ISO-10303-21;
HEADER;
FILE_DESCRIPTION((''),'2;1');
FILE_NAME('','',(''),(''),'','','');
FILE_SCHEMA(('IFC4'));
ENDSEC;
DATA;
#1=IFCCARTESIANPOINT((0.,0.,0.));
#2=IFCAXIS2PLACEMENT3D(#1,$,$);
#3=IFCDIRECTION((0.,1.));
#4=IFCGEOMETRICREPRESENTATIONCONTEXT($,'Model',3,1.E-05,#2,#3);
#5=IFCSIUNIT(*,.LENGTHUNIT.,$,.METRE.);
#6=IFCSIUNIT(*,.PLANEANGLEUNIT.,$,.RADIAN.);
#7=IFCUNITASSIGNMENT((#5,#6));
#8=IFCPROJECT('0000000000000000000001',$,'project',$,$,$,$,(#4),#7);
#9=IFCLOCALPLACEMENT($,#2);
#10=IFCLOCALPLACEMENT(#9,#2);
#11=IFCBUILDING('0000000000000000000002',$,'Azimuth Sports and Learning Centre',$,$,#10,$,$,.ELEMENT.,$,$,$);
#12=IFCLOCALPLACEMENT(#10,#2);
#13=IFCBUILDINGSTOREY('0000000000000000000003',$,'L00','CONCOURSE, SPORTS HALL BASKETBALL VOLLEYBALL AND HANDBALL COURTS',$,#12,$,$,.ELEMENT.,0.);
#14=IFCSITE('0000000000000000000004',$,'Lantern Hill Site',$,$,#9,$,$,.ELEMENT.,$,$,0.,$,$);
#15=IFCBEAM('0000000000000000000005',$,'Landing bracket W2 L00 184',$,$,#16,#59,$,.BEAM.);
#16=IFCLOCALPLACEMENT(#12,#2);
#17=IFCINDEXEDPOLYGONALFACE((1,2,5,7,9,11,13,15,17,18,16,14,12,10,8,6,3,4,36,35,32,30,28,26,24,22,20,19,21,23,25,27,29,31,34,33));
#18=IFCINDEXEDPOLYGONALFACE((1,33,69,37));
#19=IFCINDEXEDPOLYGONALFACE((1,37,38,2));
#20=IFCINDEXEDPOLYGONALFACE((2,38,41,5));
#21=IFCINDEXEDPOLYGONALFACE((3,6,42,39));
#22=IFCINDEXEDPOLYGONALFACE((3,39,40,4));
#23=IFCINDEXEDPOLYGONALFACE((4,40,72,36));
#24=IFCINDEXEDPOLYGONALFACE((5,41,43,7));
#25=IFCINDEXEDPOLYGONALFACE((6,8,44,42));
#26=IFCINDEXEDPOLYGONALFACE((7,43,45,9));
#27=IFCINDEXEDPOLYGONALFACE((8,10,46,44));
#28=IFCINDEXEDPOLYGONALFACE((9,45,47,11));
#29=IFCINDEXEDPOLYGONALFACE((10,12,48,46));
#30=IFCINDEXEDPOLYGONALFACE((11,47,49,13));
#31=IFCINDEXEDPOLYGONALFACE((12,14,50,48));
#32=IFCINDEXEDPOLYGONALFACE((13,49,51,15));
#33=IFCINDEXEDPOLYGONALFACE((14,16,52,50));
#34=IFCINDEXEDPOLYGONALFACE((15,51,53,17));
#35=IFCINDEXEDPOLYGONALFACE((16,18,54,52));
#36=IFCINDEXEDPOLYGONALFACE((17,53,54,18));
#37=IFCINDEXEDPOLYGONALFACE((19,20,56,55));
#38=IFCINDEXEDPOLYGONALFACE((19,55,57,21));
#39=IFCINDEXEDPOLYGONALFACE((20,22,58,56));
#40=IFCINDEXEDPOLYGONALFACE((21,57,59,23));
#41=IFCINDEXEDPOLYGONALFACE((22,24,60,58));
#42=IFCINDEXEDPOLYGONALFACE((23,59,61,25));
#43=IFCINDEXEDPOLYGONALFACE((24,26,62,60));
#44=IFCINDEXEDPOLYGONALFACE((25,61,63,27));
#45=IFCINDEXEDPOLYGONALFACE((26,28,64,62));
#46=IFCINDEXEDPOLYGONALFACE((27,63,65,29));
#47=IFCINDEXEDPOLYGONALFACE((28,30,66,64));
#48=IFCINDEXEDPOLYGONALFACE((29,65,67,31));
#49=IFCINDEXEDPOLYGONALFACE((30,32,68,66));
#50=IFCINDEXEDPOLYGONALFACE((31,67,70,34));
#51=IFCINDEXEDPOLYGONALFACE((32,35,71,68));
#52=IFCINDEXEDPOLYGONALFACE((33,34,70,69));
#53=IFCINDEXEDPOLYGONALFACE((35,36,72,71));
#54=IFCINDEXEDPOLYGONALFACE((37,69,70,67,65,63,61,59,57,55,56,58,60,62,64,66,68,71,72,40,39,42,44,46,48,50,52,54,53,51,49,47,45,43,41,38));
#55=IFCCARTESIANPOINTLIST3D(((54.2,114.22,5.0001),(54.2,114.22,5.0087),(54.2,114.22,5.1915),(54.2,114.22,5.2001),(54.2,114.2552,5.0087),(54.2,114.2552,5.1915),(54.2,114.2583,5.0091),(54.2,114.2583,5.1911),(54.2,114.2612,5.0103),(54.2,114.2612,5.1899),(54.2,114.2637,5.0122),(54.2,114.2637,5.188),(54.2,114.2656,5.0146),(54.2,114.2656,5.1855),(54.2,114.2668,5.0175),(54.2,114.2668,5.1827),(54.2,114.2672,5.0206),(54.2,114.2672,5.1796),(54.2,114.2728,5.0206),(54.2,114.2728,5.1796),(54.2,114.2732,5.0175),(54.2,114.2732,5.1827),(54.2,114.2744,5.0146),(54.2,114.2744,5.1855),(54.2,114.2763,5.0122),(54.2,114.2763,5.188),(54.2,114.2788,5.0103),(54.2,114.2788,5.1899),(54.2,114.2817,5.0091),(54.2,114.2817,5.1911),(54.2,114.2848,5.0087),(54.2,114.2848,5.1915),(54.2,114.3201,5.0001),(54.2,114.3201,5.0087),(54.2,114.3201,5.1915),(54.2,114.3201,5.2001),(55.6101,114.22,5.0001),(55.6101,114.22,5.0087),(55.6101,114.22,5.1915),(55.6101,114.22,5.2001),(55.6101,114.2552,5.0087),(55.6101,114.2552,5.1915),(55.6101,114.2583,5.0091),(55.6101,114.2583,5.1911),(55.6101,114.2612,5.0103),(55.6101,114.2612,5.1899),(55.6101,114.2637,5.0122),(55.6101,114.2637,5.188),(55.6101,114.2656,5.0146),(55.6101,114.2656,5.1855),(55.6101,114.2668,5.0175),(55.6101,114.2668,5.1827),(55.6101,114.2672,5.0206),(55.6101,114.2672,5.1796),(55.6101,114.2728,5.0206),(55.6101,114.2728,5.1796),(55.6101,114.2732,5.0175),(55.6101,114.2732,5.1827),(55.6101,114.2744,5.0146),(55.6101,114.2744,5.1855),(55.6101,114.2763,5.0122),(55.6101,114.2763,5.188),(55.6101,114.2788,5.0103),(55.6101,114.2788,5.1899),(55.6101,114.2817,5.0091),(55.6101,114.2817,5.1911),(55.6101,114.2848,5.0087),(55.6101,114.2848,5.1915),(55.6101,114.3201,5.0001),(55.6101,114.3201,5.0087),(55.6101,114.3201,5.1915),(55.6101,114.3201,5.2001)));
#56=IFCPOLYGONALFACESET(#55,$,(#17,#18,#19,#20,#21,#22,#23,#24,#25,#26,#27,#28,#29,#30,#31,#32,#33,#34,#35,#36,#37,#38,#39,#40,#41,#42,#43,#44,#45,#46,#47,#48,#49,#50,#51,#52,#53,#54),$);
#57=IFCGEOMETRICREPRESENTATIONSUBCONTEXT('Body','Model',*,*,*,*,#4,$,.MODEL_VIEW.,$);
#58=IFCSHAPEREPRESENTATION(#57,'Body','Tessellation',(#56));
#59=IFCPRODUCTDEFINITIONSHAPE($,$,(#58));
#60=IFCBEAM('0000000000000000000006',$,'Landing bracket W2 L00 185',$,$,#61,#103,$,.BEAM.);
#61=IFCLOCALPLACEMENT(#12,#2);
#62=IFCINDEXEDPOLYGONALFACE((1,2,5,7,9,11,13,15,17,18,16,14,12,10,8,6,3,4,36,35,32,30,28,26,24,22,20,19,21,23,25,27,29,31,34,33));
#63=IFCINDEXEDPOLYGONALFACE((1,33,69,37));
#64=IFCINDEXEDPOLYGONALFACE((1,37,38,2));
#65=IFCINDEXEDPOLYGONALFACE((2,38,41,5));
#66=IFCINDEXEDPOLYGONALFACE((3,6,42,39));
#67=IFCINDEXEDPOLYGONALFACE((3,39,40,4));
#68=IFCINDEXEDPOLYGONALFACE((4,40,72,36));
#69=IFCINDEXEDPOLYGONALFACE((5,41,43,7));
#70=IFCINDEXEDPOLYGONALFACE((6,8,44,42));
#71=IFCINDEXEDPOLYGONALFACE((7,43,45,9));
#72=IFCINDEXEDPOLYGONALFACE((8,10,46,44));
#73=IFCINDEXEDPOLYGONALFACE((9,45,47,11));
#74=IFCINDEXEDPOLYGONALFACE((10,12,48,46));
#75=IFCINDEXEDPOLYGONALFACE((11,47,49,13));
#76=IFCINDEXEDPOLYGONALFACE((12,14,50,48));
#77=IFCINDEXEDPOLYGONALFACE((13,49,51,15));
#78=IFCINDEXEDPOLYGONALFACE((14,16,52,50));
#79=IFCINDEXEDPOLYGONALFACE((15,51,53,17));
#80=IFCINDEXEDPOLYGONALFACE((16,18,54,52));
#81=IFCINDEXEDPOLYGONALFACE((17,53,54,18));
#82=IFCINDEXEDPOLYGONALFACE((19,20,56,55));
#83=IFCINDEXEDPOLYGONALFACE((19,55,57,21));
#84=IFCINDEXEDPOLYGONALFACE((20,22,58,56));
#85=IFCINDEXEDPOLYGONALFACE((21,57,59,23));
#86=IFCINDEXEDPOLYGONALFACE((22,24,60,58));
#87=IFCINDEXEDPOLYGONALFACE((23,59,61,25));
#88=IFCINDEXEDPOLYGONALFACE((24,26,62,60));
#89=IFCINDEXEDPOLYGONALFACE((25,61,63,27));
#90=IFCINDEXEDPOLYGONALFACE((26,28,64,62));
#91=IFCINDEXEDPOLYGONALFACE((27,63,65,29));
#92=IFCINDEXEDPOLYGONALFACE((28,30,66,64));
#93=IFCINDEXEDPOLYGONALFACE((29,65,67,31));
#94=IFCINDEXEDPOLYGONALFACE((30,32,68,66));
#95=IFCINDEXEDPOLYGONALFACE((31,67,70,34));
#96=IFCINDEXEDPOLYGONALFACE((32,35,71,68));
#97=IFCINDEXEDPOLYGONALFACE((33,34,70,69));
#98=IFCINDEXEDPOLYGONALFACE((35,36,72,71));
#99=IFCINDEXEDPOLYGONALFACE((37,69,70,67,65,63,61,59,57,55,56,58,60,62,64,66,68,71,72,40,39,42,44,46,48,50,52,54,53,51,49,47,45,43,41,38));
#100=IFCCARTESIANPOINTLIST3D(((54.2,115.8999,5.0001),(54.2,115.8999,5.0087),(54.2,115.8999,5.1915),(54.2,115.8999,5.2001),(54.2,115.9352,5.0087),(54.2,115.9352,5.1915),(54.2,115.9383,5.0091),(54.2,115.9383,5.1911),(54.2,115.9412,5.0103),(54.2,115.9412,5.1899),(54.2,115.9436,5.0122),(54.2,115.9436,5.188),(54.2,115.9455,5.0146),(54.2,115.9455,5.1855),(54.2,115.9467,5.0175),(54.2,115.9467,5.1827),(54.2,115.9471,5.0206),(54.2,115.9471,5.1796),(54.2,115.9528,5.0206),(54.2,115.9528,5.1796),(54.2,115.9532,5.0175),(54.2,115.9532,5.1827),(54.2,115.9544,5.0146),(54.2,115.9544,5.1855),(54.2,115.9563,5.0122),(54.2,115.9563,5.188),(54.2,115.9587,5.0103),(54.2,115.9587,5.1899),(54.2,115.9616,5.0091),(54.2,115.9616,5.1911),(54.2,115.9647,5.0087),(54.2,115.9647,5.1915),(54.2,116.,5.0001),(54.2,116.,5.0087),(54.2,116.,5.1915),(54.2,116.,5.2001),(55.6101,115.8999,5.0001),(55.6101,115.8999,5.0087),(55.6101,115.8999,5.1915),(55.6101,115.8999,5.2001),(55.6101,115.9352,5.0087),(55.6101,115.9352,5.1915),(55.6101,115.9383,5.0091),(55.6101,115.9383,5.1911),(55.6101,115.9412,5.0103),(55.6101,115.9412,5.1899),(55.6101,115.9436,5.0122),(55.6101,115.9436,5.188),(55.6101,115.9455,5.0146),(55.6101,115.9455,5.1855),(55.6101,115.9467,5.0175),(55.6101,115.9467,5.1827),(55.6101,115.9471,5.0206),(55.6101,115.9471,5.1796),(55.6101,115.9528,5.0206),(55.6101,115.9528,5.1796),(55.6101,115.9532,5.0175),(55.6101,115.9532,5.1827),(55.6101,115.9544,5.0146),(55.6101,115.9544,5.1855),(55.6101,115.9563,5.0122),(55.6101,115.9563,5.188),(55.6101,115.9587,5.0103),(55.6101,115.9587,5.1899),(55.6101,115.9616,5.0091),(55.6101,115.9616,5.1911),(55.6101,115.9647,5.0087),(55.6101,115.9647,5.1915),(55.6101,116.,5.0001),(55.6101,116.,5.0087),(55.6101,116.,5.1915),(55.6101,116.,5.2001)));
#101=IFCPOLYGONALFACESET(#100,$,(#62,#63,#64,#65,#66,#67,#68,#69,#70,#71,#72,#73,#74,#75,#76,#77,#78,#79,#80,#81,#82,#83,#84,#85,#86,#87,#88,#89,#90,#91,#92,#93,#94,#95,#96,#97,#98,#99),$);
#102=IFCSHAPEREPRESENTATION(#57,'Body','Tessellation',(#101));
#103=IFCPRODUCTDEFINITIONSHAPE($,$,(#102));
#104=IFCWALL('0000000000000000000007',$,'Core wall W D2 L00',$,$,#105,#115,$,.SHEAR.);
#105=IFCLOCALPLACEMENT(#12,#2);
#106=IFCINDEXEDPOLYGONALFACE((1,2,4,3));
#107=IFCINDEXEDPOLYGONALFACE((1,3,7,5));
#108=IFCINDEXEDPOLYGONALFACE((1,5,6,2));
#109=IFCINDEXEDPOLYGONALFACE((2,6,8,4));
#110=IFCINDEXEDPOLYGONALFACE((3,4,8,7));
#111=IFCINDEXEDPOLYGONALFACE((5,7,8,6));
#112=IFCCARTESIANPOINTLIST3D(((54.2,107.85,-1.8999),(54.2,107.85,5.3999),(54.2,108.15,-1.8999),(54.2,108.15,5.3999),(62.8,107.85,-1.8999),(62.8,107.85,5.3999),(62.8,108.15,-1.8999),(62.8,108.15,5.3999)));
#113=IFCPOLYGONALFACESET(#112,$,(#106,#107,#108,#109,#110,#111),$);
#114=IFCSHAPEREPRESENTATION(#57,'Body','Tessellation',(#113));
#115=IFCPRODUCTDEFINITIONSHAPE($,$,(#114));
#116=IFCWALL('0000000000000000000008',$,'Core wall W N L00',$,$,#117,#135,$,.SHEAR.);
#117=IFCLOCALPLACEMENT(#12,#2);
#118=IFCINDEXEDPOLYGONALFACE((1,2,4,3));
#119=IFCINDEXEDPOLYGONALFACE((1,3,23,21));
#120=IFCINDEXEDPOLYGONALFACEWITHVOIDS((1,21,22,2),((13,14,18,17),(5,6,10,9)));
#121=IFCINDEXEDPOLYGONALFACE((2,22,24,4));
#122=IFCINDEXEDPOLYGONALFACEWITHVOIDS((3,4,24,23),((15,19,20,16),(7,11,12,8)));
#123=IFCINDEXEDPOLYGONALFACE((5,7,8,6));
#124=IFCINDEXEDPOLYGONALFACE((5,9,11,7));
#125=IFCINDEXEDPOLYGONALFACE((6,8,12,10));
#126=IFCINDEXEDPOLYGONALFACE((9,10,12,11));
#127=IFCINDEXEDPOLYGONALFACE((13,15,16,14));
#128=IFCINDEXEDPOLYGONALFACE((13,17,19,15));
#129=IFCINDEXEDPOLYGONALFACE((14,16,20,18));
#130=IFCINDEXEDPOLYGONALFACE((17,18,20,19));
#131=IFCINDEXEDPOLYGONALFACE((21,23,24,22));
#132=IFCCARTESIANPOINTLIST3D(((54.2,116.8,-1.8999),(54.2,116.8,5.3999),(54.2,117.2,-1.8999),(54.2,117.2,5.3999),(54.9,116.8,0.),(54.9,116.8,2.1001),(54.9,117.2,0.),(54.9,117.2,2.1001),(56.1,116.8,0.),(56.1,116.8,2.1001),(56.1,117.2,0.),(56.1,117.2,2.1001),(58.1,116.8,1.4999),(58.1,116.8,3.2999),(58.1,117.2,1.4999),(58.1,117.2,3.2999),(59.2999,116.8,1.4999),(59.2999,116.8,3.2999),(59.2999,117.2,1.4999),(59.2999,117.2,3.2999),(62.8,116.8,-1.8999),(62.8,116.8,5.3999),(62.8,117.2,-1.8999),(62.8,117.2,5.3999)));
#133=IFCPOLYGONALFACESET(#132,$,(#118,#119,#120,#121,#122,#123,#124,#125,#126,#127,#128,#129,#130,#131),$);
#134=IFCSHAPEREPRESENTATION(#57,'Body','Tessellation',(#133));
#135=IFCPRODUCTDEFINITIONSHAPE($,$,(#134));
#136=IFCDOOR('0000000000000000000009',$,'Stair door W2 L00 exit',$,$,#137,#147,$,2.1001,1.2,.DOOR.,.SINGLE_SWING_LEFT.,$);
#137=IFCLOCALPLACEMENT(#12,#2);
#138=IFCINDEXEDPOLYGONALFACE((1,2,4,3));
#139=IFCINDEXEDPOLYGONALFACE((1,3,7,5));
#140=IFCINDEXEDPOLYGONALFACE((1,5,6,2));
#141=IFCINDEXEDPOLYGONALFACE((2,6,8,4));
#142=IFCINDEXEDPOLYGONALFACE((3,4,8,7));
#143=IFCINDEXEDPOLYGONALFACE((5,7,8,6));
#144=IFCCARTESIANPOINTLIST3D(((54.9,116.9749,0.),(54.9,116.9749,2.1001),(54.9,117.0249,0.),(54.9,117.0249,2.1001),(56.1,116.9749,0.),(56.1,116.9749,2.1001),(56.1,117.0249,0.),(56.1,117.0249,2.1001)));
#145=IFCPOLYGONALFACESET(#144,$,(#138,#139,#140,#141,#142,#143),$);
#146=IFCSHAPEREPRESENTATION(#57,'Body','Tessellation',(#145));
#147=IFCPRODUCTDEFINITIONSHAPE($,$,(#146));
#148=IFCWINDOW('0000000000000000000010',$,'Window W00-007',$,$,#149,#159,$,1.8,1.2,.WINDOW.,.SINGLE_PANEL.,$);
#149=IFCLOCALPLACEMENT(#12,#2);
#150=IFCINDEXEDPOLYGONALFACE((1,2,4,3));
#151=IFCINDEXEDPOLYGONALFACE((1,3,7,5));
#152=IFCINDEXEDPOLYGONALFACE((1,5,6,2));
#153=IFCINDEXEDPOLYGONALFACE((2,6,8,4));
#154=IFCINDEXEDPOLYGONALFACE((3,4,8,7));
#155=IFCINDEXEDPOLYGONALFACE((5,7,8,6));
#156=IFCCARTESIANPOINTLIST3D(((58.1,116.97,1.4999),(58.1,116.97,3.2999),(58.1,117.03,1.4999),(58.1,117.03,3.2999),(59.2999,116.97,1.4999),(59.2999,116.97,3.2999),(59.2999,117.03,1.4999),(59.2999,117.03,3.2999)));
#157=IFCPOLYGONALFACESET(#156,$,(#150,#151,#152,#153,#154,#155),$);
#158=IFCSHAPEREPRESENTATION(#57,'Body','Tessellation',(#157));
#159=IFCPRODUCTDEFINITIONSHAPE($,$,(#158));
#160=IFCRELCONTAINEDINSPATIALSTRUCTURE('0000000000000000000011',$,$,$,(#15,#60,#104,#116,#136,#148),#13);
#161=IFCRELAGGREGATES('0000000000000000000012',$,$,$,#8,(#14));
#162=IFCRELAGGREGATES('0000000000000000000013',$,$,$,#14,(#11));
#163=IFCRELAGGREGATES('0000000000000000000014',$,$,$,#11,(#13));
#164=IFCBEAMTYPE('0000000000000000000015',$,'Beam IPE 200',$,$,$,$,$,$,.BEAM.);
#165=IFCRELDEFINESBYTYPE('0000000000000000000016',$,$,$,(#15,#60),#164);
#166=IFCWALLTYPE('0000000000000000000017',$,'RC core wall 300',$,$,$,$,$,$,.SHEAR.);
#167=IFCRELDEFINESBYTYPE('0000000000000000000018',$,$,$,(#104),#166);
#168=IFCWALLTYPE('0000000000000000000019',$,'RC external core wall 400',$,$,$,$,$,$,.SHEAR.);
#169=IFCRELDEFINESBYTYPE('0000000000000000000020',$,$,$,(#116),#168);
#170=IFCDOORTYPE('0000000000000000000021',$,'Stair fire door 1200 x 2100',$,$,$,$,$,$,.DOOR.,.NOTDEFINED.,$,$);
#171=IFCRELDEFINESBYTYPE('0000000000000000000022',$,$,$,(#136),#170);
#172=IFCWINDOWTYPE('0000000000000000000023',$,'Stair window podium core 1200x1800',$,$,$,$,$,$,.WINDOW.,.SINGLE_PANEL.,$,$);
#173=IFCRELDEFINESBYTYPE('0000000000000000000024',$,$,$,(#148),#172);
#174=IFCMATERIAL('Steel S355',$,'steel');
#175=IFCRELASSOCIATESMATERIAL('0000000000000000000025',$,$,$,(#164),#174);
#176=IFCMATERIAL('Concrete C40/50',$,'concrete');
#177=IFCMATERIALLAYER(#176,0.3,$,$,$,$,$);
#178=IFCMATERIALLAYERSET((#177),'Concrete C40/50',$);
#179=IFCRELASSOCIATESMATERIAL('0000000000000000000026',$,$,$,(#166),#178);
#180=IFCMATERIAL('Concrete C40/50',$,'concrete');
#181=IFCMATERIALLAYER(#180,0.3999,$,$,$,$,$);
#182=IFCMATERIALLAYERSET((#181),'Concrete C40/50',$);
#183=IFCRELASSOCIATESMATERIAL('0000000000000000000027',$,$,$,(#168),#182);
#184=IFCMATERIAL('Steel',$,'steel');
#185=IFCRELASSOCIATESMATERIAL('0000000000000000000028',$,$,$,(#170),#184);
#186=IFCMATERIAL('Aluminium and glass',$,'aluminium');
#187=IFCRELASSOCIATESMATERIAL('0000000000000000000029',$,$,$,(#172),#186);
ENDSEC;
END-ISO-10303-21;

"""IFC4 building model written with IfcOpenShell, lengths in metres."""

from ifc_helpers import new_model, si_unit, direction, frame, frame_2d, origin, origin_2d, place, context, subcontext, project, spatial, rectangle, i_section, extrude, material, layer, layer_set, material_profile, profile_set, type_object, element, fill, save


model = new_model("IFC4")

# Units and contexts
model_context = context("Model", 3, precision=1e-05, world=origin(), true_north=direction((0.0, 1.0)))
body_context = subcontext(model_context, "Body", "Model", "MODEL_VIEW")
ifc_project = project(units=[si_unit("LENGTHUNIT", "METRE"), si_unit("PLANEANGLEUNIT", "RADIAN")], contexts=[model_context])

# Site, building, storey
site_placement = place(None, origin())
site = spatial("IfcSite", under=ifc_project, at=site_placement, Name="Lantern Hill Site", CompositionType="ELEMENT", RefElevation=0.0)
building_placement = place(site_placement, origin())
building = spatial("IfcBuilding", under=site, at=building_placement, Name="Azimuth Sports and Learning Centre", CompositionType="ELEMENT")
storey_placement = place(building_placement, origin())
storey = spatial("IfcBuildingStorey", under=building, at=storey_placement, Name="L00", Description="CONCOURSE, SPORTS HALL BASKETBALL VOLLEYBALL AND HANDBALL COURTS", CompositionType="ELEMENT", Elevation=0.0)

# Beams
ifc_material_1 = material(Name="Steel S355", Category="steel")
ifc_material_profile_1 = material_profile(ifc_material_1, i_section(OverallWidth=0.1001, OverallDepth=0.2, WebThickness=0.0056, FlangeThickness=0.0085, FilletRadius=0.012, at=origin_2d()), Name="IPE 200")
ifc_profile_set_1 = profile_set([ifc_material_profile_1], Name="Steel S355")
beam_type = type_object("IfcBeamType", Name="Beam IPE 200", PredefinedType="BEAM", material=ifc_profile_set_1)
for number, where, z_axis, x_axis, name in (
    (1, (54.2, 114.27, 5.1001), (1.0, 0.0, 0.0), (0.0, 1.0, 0.0), "Landing bracket W2 L00 184"),
    (2, (54.2, 115.95, 5.1001), (1.0, 0.0, 0.0), (0.0, 1.0, 0.0), "Landing bracket W2 L00 185"),
):
    element("IfcBeam", number, at=place(storey_placement, frame(where, z_axis=z_axis, x_axis=x_axis)), inside=storey, type_object=beam_type, Name=name, PredefinedType="BEAM", context=body_context, shape_type="SweptSolid", body=[
        extrude(i_section(OverallWidth=0.1001, OverallDepth=0.2, WebThickness=0.0056, FlangeThickness=0.0085, FilletRadius=0.012, at=origin_2d()), origin(), (0.0, 0.0, 1.0), 1.4102),
    ])

# Wall
ifc_material_2 = material(Name="Concrete C40/50", Category="concrete")
ifc_layer_1 = layer(ifc_material_2, 0.3)
ifc_layer_set_1 = layer_set([ifc_layer_1], Name="Concrete C40/50")
wall_type_1 = type_object("IfcWallType", Name="RC core wall 300", PredefinedType="SHEAR", material=ifc_layer_set_1)
wall_1_placement = place(storey_placement, frame((54.2, 108.0, -1.8999), z_axis=(0.0, 0.0, 1.0), x_axis=(1.0, 0.0, 0.0)))
element("IfcWall", 3, at=wall_1_placement, inside=storey, type_object=wall_type_1, Name="Core wall W D2 L00", PredefinedType="SHEAR", context=body_context, shape_type="SweptSolid", body=[
    extrude(rectangle(XDim=8.6001, YDim=0.3, at=frame_2d((4.3, 0.0))), origin(), (0.0, 0.0, 1.0), 7.2998),
])

# Wall, openings, door, window
ifc_material_3 = material(Name="Concrete C40/50", Category="concrete")
ifc_layer_2 = layer(ifc_material_3, 0.3999)
ifc_layer_set_2 = layer_set([ifc_layer_2], Name="Concrete C40/50")
wall_type_2 = type_object("IfcWallType", Name="RC external core wall 400", PredefinedType="SHEAR", material=ifc_layer_set_2)
wall_2_placement = place(storey_placement, frame((54.2, 117.0, -1.8999), z_axis=(0.0, 0.0, 1.0), x_axis=(1.0, 0.0, 0.0)))
wall_2 = element("IfcWall", 4, at=wall_2_placement, inside=storey, type_object=wall_type_2, Name="Core wall W N L00", PredefinedType="SHEAR", context=body_context, shape_type="SweptSolid", body=[
    extrude(rectangle(XDim=8.6001, YDim=0.3999, at=frame_2d((4.3, 0.0))), origin(), (0.0, 0.0, 1.0), 7.2998),
])
opening_1_placement = place(wall_2_placement, frame((3.8999, 0.0, 3.3999)))
opening_1 = element("IfcOpeningElement", 5, at=opening_1_placement, cuts=wall_2, PredefinedType="OPENING", context=body_context, shape_type="SweptSolid", body=[
    extrude(rectangle(XDim=1.2, YDim=1.8, at=frame_2d((0.6001, 0.8999))), frame((0.0, 0.2109, 0.0), z_axis=(0.0, -1.0, 0.0), x_axis=(1.0, 0.0, 0.0)), (0.0, 0.0, 1.0), 0.4219),
])
opening_2_placement = place(wall_2_placement, frame((0.7, 0.0, 1.8999)))
opening_2 = element("IfcOpeningElement", 6, at=opening_2_placement, cuts=wall_2, PredefinedType="OPENING", context=body_context, shape_type="SweptSolid", body=[
    extrude(rectangle(XDim=1.2, YDim=2.1001, at=frame_2d((0.6001, 1.05))), frame((0.0, 0.2109, 0.0), z_axis=(0.0, -1.0, 0.0), x_axis=(1.0, 0.0, 0.0)), (0.0, 0.0, 1.0), 0.4219),
])
ifc_material_4 = material(Name="Steel", Category="steel")
door_type = type_object("IfcDoorType", Name="Stair fire door 1200 x 2100", OperationType="NOTDEFINED", PredefinedType="DOOR", material=ifc_material_4)
door_placement = place(opening_2_placement, origin())
door = element("IfcDoor", 7, at=door_placement, inside=storey, type_object=door_type, Name="Stair door W2 L00 exit", OperationType="SINGLE_SWING_LEFT", OverallHeight=2.1001, OverallWidth=1.2, PredefinedType="DOOR", context=body_context, shape_type="SweptSolid", body=[
    extrude(rectangle(XDim=1.2, YDim=2.1001, at=frame_2d((0.6001, 1.05))), frame((0.0, 0.0249, 0.0), z_axis=(0.0, -1.0, 0.0), x_axis=(1.0, 0.0, 0.0)), (0.0, 0.0, 1.0), 0.05),
])
fill(opening_2, door)
ifc_material_5 = material(Name="Aluminium and glass", Category="aluminium")
window_type = type_object("IfcWindowType", Name="Stair window podium core 1200x1800", PartitioningType="SINGLE_PANEL", PredefinedType="WINDOW", material=ifc_material_5)
window_placement = place(opening_1_placement, origin())
window = element("IfcWindow", 8, at=window_placement, inside=storey, type_object=window_type, Name="Window W00-007", OverallHeight=1.8, OverallWidth=1.2, PartitioningType="SINGLE_PANEL", PredefinedType="WINDOW", context=body_context, shape_type="SweptSolid", body=[
    extrude(rectangle(XDim=1.2, YDim=1.8, at=frame_2d((0.6001, 0.8999))), frame((0.0, 0.03, 0.0), z_axis=(0.0, -1.0, 0.0), x_axis=(1.0, 0.0, 0.0)), (0.0, 0.0, 1.0), 0.0601),
])
fill(opening_1, window)

save(model, "model.ifc")
